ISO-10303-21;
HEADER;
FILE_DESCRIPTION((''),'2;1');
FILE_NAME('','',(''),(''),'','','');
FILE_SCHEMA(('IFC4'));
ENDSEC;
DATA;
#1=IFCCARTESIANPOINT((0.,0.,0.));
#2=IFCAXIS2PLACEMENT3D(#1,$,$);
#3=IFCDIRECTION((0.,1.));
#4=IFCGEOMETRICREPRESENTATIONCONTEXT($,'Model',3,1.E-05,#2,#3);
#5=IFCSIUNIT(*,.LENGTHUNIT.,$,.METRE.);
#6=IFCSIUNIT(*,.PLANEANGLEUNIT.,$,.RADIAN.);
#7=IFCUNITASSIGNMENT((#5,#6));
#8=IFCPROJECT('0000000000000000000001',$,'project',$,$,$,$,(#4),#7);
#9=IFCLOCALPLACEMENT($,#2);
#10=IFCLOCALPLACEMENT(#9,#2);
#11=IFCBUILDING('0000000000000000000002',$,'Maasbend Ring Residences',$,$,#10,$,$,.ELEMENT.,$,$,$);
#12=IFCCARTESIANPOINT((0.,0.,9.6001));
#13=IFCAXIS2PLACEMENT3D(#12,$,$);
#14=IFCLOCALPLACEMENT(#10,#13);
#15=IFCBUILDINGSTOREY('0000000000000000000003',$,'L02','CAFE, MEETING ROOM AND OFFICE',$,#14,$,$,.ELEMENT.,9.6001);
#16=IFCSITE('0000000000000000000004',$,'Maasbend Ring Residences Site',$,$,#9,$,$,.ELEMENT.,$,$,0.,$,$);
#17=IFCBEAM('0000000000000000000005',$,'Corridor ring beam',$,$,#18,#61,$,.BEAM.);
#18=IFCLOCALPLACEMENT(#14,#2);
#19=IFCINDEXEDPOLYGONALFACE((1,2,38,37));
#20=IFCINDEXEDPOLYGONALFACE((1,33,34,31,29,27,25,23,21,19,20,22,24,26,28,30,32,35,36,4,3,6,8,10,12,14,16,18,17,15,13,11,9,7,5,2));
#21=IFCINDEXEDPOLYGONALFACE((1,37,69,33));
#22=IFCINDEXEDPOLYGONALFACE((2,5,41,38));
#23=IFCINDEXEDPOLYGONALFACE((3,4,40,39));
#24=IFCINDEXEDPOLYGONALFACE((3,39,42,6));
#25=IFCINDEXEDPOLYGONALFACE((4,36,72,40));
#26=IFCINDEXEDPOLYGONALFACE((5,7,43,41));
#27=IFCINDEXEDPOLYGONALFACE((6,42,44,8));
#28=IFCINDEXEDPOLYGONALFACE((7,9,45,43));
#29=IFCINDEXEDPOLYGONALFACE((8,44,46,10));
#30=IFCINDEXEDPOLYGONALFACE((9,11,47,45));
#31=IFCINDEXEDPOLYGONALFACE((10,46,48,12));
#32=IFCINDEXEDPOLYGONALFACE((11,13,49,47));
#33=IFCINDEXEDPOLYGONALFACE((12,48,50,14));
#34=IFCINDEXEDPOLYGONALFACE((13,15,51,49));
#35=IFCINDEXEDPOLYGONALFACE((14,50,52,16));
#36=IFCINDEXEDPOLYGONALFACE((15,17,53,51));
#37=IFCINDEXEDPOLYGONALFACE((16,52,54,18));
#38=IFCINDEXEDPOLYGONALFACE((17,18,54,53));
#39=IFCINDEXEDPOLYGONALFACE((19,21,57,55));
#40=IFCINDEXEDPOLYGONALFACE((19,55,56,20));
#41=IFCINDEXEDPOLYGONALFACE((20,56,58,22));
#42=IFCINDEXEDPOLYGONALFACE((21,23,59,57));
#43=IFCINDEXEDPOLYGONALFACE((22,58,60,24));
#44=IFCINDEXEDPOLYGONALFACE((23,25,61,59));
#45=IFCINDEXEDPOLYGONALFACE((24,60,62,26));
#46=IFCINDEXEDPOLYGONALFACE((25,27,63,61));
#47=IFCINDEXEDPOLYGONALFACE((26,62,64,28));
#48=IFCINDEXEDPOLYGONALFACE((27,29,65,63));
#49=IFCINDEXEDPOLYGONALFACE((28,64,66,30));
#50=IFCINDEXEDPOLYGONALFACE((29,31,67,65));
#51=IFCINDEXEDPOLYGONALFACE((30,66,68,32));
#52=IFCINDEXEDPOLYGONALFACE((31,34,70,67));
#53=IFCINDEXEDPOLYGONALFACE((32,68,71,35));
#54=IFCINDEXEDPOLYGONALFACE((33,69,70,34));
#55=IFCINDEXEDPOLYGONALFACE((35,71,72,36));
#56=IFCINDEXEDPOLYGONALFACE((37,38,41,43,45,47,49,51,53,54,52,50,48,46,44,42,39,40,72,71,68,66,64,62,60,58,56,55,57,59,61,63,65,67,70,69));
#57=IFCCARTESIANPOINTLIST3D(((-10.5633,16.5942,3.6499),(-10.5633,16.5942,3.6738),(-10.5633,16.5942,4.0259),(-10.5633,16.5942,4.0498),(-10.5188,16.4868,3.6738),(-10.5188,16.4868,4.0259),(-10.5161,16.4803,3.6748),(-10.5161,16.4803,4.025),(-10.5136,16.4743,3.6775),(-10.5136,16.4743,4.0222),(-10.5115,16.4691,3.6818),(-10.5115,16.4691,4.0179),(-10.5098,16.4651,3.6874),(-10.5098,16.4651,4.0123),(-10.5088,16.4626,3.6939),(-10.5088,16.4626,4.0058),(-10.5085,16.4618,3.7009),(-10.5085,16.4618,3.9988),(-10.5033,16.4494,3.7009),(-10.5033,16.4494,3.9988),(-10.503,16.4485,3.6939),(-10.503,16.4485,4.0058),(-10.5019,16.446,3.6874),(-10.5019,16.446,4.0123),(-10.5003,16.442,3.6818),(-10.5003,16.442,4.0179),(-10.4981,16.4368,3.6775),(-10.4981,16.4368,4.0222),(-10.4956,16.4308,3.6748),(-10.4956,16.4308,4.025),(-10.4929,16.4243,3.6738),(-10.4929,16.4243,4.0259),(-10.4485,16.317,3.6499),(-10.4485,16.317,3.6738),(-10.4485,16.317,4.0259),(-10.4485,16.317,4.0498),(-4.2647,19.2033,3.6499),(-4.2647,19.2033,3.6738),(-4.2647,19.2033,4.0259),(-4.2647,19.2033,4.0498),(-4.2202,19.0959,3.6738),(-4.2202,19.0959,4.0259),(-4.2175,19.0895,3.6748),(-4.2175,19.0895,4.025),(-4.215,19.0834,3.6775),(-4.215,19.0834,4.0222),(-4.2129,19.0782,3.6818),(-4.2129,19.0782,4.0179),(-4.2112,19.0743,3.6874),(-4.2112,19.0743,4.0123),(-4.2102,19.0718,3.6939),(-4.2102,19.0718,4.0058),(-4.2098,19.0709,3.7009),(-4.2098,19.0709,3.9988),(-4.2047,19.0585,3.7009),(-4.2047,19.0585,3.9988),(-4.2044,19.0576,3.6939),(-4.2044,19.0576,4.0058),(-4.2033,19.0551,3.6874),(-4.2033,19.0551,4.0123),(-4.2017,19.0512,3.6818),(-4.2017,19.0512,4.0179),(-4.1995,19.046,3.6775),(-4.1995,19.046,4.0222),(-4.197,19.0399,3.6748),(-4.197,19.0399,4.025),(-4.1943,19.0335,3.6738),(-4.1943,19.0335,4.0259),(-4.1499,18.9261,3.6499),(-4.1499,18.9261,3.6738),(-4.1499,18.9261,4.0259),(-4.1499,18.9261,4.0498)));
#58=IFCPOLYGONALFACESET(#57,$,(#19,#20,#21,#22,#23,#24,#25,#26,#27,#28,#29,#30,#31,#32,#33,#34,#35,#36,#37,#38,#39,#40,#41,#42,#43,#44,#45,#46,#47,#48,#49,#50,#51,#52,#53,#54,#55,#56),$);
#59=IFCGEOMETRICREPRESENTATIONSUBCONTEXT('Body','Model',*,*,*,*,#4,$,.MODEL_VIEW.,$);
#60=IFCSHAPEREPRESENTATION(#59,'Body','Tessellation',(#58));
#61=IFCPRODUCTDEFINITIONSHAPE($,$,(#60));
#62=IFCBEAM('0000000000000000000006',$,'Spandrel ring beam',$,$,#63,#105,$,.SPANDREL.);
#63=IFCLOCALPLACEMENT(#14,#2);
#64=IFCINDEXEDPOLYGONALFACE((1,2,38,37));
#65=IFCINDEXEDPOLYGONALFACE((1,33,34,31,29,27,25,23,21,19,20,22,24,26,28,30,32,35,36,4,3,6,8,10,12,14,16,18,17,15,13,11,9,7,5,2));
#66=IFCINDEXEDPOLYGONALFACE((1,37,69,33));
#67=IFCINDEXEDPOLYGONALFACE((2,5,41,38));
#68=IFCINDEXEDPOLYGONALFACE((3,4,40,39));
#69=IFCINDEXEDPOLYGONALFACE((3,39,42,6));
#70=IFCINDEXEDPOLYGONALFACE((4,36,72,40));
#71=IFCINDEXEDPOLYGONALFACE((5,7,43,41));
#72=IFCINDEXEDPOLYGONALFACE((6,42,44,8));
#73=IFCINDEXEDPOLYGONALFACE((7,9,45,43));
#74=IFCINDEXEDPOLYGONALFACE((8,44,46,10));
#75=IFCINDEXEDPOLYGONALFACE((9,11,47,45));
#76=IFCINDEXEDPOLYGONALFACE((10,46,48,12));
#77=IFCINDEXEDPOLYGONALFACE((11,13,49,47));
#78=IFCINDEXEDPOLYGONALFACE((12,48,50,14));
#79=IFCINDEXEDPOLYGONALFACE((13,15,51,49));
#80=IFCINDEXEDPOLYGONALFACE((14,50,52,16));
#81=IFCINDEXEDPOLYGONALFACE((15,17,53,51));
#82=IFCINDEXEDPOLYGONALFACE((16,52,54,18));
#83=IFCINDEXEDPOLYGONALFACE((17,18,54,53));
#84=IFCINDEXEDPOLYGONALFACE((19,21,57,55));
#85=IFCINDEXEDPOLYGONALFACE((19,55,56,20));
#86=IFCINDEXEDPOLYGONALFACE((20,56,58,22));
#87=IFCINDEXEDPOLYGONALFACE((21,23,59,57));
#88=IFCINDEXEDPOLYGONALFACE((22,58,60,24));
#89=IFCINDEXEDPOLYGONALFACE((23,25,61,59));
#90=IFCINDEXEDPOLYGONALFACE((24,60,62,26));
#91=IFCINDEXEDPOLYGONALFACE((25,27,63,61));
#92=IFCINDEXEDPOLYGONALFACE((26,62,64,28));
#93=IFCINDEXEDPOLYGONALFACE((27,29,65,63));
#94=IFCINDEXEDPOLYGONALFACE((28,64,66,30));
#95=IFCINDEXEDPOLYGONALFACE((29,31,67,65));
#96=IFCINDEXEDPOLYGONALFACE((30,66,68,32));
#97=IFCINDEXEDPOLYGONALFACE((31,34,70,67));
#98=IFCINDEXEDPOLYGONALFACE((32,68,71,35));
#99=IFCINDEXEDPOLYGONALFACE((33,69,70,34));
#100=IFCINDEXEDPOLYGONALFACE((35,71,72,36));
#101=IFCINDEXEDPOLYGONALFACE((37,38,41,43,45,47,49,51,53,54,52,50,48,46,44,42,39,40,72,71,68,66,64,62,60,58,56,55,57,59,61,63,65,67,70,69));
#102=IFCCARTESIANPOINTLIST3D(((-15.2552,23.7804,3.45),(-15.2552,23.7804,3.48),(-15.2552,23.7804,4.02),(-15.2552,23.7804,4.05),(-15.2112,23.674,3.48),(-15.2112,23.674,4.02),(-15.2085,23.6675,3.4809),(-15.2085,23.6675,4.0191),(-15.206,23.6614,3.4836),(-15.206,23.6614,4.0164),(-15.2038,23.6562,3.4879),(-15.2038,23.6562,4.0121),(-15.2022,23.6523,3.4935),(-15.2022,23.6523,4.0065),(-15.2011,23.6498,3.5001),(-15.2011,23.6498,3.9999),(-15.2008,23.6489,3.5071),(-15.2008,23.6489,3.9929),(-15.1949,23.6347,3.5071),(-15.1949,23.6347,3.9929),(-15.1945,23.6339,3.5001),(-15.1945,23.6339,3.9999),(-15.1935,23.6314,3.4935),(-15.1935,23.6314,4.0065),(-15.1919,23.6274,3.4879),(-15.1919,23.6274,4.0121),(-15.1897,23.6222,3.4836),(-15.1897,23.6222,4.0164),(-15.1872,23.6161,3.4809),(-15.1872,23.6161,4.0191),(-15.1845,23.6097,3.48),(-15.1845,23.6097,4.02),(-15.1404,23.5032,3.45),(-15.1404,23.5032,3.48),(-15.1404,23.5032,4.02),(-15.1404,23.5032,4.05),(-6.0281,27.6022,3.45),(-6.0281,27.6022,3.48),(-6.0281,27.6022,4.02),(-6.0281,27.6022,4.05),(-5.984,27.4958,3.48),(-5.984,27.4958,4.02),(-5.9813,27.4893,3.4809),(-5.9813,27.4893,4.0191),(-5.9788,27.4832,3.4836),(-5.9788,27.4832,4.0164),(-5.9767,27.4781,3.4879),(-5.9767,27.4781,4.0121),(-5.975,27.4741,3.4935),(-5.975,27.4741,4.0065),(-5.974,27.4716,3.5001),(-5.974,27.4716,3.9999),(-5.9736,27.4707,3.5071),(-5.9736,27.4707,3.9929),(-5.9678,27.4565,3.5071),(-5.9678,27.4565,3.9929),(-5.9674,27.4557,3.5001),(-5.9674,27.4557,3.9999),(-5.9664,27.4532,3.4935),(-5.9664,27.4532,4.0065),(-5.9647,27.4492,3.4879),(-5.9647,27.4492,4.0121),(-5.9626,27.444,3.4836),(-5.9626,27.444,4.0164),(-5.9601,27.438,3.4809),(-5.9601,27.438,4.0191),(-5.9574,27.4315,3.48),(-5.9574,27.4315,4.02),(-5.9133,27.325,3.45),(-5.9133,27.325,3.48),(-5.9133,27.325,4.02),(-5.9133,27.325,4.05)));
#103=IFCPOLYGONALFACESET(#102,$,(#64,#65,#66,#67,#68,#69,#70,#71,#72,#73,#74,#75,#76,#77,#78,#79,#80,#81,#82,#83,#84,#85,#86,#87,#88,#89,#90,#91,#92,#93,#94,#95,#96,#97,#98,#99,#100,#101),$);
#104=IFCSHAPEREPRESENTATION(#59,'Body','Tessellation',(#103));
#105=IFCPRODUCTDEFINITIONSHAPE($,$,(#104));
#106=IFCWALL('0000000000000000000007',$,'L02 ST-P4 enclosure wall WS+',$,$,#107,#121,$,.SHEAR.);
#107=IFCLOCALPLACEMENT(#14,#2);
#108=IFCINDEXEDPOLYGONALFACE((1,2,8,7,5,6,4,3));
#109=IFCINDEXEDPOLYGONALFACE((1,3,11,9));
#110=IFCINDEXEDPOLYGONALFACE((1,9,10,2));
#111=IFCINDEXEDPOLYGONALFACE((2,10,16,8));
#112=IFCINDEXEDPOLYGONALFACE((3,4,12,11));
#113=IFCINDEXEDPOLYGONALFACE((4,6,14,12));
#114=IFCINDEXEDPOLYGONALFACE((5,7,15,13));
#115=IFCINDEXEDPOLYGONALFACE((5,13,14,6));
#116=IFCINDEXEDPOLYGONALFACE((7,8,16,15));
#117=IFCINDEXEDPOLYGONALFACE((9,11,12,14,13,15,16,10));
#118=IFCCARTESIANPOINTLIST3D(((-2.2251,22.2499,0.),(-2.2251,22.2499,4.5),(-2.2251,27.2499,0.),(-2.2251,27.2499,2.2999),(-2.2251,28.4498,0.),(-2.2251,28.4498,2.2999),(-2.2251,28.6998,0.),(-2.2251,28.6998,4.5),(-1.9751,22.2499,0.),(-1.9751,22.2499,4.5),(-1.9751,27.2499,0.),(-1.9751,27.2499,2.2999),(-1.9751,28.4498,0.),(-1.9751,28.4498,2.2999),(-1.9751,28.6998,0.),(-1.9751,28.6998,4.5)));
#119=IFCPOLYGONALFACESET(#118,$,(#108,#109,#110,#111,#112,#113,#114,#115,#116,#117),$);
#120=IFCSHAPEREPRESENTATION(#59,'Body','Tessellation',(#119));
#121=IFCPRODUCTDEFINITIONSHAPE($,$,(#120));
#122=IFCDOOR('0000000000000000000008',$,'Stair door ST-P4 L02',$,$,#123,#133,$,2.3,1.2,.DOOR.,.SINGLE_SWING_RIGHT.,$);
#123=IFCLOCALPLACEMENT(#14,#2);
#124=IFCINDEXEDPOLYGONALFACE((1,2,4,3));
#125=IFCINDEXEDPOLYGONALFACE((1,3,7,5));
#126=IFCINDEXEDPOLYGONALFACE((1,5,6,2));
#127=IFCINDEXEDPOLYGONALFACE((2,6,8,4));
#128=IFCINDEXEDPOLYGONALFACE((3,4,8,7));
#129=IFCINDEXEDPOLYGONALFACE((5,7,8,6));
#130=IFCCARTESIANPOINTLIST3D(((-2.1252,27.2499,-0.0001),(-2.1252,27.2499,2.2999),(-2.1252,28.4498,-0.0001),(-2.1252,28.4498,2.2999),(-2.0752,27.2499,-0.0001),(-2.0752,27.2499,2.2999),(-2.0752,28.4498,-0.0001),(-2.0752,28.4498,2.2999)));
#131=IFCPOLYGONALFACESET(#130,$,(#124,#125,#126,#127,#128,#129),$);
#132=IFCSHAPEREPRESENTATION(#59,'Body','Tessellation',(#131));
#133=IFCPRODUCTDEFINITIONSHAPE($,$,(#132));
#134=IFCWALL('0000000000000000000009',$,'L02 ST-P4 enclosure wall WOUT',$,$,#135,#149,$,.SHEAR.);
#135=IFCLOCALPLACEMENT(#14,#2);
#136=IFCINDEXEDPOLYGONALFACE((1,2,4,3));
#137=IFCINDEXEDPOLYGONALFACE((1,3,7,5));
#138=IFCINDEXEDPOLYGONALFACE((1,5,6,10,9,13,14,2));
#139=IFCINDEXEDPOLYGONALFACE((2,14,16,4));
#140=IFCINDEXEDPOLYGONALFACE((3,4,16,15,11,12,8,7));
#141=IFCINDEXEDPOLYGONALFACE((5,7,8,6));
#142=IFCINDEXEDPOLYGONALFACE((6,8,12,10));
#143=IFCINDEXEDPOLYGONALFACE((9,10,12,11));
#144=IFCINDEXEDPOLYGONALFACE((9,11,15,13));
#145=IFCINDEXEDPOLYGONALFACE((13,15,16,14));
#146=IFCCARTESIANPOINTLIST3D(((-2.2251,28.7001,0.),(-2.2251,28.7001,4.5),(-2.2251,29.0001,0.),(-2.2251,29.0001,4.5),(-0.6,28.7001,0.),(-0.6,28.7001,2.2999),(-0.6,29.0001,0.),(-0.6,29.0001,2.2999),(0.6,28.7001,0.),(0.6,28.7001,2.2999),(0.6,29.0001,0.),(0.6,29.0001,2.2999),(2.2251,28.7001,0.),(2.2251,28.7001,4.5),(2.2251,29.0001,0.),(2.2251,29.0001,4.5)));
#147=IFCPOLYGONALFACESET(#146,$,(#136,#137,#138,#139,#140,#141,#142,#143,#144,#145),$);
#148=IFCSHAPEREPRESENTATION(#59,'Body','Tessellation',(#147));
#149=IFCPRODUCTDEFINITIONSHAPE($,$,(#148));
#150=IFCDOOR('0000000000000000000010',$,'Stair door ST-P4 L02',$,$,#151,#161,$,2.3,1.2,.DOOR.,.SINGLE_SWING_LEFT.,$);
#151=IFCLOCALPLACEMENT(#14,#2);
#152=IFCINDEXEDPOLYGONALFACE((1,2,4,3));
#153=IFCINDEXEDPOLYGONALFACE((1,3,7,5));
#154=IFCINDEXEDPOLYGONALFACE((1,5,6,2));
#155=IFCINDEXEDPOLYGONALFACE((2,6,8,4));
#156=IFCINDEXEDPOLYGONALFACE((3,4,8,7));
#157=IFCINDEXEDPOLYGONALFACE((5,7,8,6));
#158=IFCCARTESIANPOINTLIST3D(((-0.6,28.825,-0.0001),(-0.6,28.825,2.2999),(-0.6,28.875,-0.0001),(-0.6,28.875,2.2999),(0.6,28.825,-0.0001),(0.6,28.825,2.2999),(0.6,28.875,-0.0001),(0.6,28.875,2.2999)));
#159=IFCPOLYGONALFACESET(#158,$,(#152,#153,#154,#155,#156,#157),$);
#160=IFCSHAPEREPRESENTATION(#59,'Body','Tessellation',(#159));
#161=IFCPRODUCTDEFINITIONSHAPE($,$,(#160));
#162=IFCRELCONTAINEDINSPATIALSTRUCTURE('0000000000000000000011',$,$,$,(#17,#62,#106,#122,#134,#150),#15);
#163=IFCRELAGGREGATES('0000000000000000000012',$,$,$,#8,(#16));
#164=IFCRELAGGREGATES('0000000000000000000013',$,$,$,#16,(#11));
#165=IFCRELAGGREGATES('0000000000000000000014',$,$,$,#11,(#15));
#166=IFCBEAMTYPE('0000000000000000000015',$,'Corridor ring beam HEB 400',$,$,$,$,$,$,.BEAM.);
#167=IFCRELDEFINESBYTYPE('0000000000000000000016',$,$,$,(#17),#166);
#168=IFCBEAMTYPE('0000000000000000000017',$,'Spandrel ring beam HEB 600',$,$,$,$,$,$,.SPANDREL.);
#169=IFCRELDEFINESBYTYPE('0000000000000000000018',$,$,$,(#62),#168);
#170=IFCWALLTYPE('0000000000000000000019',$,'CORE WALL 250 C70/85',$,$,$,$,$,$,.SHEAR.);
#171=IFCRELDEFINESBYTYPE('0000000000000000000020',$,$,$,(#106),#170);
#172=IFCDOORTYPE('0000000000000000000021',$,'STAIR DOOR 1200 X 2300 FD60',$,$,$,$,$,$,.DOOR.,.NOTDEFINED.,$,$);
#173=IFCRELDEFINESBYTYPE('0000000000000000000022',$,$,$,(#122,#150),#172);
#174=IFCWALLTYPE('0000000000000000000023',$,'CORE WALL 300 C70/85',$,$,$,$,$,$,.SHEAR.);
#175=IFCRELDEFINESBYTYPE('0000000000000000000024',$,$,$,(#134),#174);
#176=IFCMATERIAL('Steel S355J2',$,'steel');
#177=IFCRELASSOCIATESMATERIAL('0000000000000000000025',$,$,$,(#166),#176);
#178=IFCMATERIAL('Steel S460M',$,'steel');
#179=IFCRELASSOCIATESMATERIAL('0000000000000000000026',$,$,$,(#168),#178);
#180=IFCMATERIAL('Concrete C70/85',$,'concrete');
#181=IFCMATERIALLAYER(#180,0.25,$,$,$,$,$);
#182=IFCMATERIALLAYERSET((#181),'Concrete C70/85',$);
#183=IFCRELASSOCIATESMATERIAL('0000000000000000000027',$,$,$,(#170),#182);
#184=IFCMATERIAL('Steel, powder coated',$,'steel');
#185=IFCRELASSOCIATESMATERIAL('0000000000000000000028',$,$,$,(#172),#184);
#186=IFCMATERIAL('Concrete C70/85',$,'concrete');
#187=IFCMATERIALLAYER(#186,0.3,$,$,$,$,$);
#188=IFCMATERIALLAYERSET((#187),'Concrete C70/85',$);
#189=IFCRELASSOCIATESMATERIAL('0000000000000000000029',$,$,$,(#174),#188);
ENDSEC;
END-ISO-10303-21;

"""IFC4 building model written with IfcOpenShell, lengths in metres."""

from ifc_helpers import new_model, si_unit, direction, frame, frame_2d, origin, origin_2d, place, context, subcontext, project, spatial, rectangle, i_section, extrude, material, layer, layer_set, material_profile, profile_set, type_object, element, fill, save


model = new_model("IFC4")

# Units and contexts
model_context = context("Model", 3, precision=1e-05, world=origin(), true_north=direction((0.0, 1.0)))
body_context = subcontext(model_context, "Body", "Model", "MODEL_VIEW")
ifc_project = project(units=[si_unit("LENGTHUNIT", "METRE"), si_unit("PLANEANGLEUNIT", "RADIAN")], contexts=[model_context])

# Site, building, storey
site_placement = place(None, origin())
site = spatial("IfcSite", under=ifc_project, at=site_placement, Name="Maasbend Ring Residences Site", CompositionType="ELEMENT", RefElevation=0.0)
building_placement = place(site_placement, origin())
building = spatial("IfcBuilding", under=site, at=building_placement, Name="Maasbend Ring Residences", CompositionType="ELEMENT")
storey_placement = place(building_placement, frame((0.0, 0.0, 9.6001)))
storey = spatial("IfcBuildingStorey", under=building, at=storey_placement, Name="L02", Description="CAFE, MEETING ROOM AND OFFICE", CompositionType="ELEMENT", Elevation=9.6001)

# Beams
ifc_material_1 = material(Name="Steel S355J2", Category="steel")
ifc_material_profile_1 = material_profile(ifc_material_1, i_section(OverallWidth=0.3, OverallDepth=0.3999, WebThickness=0.0134, FlangeThickness=0.0239, FilletRadius=0.0271, at=origin_2d()), Name="HEB 400")
ifc_profile_set_1 = profile_set([ifc_material_profile_1], Name="Steel S355J2")
beam_type_1 = type_object("IfcBeamType", Name="Corridor ring beam HEB 400", PredefinedType="BEAM", material=ifc_profile_set_1)
beam_1_placement = place(storey_placement, frame((-4.2073, 19.0647, 3.8499), z_axis=(-0.923871, -0.382705, 0.0), x_axis=(0.382705, -0.923871, 0.0)))
element("IfcBeam", 1, at=beam_1_placement, inside=storey, type_object=beam_type_1, Name="Corridor ring beam", PredefinedType="BEAM", context=body_context, shape_type="SweptSolid", body=[
    extrude(i_section(OverallWidth=0.3, OverallDepth=0.3999, WebThickness=0.0134, FlangeThickness=0.0239, FilletRadius=0.0271, at=origin_2d()), origin(), (0.0, 0.0, 1.0), 6.8176),
])
ifc_material_2 = material(Name="Steel S460M", Category="steel")
ifc_material_profile_2 = material_profile(ifc_material_2, i_section(OverallWidth=0.3, OverallDepth=0.6001, WebThickness=0.0154, FlangeThickness=0.03, FilletRadius=0.0271, at=origin_2d()), Name="HEB 600")
ifc_profile_set_2 = profile_set([ifc_material_profile_2], Name="Steel S460M")
beam_type_2 = type_object("IfcBeamType", Name="Spandrel ring beam HEB 600", PredefinedType="SPANDREL", material=ifc_profile_set_2)
beam_2_placement = place(storey_placement, frame((-5.9707, 27.4636, 3.75), z_axis=(-0.923886, -0.382667, 0.0), x_axis=(0.382667, -0.923886, 0.0)))
element("IfcBeam", 2, at=beam_2_placement, inside=storey, type_object=beam_type_2, Name="Spandrel ring beam", PredefinedType="SPANDREL", context=body_context, shape_type="SweptSolid", body=[
    extrude(i_section(OverallWidth=0.3, OverallDepth=0.6001, WebThickness=0.0154, FlangeThickness=0.03, FilletRadius=0.0271, at=origin_2d()), origin(), (0.0, 0.0, 1.0), 9.9873),
])

# Walls, openings, doors
ifc_material_3 = material(Name="Concrete C70/85", Category="concrete")
ifc_layer_1 = layer(ifc_material_3, 0.25)
ifc_layer_set_1 = layer_set([ifc_layer_1], Name="Concrete C70/85")
wall_type_1 = type_object("IfcWallType", Name="CORE WALL 250 C70/85", PredefinedType="SHEAR", material=ifc_layer_set_1)
wall_1_placement = place(storey_placement, frame((-2.1001, 28.7, 0.0), z_axis=(0.0, 0.0, 1.0), x_axis=(0.0, -1.0, 0.0)))
wall_1 = element("IfcWall", 3, at=wall_1_placement, inside=storey, type_object=wall_type_1, Name="L02 ST-P4 enclosure wall WS+", PredefinedType="SHEAR", context=body_context, shape_type="SweptSolid", body=[
    extrude(rectangle(XDim=6.45, YDim=0.25, at=frame_2d((3.2251, 0.0))), origin(), (0.0, 0.0, 1.0), 4.5),
])
opening_1_placement = place(wall_1_placement, frame((0.25, 0.0, 0.0)))
opening_1 = element("IfcOpeningElement", 4, at=opening_1_placement, cuts=wall_1, PredefinedType="OPENING", context=body_context, shape_type="SweptSolid", body=[
    extrude(rectangle(XDim=1.2, YDim=2.3, at=frame_2d((0.6001, 1.1499))), frame((0.0, 0.135, 0.0), z_axis=(0.0, -1.0, 0.0), x_axis=(1.0, 0.0, 0.0)), (0.0, 0.0, 1.0), 0.27),
])
ifc_material_4 = material(Name="Steel, powder coated", Category="steel")
door_type_1 = type_object("IfcDoorType", Name="STAIR DOOR 1200 X 2300 FD60", OperationType="NOTDEFINED", PredefinedType="DOOR", material=ifc_material_4)
door_1_placement = place(opening_1_placement, origin())
door_1 = element("IfcDoor", 5, at=door_1_placement, inside=storey, type_object=door_type_1, Name="Stair door ST-P4 L02", OperationType="SINGLE_SWING_RIGHT", OverallHeight=2.3, OverallWidth=1.2, PredefinedType="DOOR", context=body_context, shape_type="SweptSolid", body=[
    extrude(rectangle(XDim=1.2, YDim=2.3, at=frame_2d((0.6001, 1.1499))), frame((0.0, 0.0249, 0.0), z_axis=(0.0, -1.0, 0.0), x_axis=(1.0, 0.0, 0.0)), (0.0, 0.0, 1.0), 0.05),
])
fill(opening_1, door_1)
ifc_material_5 = material(Name="Concrete C70/85", Category="concrete")
ifc_layer_2 = layer(ifc_material_5, 0.3)
ifc_layer_set_2 = layer_set([ifc_layer_2], Name="Concrete C70/85")
wall_type_2 = type_object("IfcWallType", Name="CORE WALL 300 C70/85", PredefinedType="SHEAR", material=ifc_layer_set_2)
wall_2_placement = place(storey_placement, frame((-2.2251, 28.8501, 0.0), z_axis=(0.0, 0.0, 1.0), x_axis=(1.0, 0.0, 0.0)))
wall_2 = element("IfcWall", 6, at=wall_2_placement, inside=storey, type_object=wall_type_2, Name="L02 ST-P4 enclosure wall WOUT", PredefinedType="SHEAR", context=body_context, shape_type="SweptSolid", body=[
    extrude(rectangle(XDim=4.4502, YDim=0.3, at=frame_2d((2.2251, 0.0))), origin(), (0.0, 0.0, 1.0), 4.5),
])
opening_2_placement = place(wall_2_placement, frame((1.625, 0.0, 0.0)))
opening_2 = element("IfcOpeningElement", 7, at=opening_2_placement, cuts=wall_2, PredefinedType="OPENING", context=body_context, shape_type="SweptSolid", body=[
    extrude(rectangle(XDim=1.2, YDim=2.3, at=frame_2d((0.6001, 1.1499))), frame((0.0, 0.1602, 0.0), z_axis=(0.0, -1.0, 0.0), x_axis=(1.0, 0.0, 0.0)), (0.0, 0.0, 1.0), 0.3201),
])
door_2_placement = place(opening_2_placement, origin())
door_2 = element("IfcDoor", 8, at=door_2_placement, inside=storey, type_object=door_type_1, Name="Stair door ST-P4 L02", OperationType="SINGLE_SWING_LEFT", OverallHeight=2.3, OverallWidth=1.2, PredefinedType="DOOR", context=body_context, shape_type="SweptSolid", body=[
    extrude(rectangle(XDim=1.2, YDim=2.3, at=frame_2d((0.6001, 1.1499))), frame((0.0, 0.0249, 0.0), z_axis=(0.0, -1.0, 0.0), x_axis=(1.0, 0.0, 0.0)), (0.0, 0.0, 1.0), 0.05),
])
fill(opening_2, door_2)

save(model, "model.ifc")
